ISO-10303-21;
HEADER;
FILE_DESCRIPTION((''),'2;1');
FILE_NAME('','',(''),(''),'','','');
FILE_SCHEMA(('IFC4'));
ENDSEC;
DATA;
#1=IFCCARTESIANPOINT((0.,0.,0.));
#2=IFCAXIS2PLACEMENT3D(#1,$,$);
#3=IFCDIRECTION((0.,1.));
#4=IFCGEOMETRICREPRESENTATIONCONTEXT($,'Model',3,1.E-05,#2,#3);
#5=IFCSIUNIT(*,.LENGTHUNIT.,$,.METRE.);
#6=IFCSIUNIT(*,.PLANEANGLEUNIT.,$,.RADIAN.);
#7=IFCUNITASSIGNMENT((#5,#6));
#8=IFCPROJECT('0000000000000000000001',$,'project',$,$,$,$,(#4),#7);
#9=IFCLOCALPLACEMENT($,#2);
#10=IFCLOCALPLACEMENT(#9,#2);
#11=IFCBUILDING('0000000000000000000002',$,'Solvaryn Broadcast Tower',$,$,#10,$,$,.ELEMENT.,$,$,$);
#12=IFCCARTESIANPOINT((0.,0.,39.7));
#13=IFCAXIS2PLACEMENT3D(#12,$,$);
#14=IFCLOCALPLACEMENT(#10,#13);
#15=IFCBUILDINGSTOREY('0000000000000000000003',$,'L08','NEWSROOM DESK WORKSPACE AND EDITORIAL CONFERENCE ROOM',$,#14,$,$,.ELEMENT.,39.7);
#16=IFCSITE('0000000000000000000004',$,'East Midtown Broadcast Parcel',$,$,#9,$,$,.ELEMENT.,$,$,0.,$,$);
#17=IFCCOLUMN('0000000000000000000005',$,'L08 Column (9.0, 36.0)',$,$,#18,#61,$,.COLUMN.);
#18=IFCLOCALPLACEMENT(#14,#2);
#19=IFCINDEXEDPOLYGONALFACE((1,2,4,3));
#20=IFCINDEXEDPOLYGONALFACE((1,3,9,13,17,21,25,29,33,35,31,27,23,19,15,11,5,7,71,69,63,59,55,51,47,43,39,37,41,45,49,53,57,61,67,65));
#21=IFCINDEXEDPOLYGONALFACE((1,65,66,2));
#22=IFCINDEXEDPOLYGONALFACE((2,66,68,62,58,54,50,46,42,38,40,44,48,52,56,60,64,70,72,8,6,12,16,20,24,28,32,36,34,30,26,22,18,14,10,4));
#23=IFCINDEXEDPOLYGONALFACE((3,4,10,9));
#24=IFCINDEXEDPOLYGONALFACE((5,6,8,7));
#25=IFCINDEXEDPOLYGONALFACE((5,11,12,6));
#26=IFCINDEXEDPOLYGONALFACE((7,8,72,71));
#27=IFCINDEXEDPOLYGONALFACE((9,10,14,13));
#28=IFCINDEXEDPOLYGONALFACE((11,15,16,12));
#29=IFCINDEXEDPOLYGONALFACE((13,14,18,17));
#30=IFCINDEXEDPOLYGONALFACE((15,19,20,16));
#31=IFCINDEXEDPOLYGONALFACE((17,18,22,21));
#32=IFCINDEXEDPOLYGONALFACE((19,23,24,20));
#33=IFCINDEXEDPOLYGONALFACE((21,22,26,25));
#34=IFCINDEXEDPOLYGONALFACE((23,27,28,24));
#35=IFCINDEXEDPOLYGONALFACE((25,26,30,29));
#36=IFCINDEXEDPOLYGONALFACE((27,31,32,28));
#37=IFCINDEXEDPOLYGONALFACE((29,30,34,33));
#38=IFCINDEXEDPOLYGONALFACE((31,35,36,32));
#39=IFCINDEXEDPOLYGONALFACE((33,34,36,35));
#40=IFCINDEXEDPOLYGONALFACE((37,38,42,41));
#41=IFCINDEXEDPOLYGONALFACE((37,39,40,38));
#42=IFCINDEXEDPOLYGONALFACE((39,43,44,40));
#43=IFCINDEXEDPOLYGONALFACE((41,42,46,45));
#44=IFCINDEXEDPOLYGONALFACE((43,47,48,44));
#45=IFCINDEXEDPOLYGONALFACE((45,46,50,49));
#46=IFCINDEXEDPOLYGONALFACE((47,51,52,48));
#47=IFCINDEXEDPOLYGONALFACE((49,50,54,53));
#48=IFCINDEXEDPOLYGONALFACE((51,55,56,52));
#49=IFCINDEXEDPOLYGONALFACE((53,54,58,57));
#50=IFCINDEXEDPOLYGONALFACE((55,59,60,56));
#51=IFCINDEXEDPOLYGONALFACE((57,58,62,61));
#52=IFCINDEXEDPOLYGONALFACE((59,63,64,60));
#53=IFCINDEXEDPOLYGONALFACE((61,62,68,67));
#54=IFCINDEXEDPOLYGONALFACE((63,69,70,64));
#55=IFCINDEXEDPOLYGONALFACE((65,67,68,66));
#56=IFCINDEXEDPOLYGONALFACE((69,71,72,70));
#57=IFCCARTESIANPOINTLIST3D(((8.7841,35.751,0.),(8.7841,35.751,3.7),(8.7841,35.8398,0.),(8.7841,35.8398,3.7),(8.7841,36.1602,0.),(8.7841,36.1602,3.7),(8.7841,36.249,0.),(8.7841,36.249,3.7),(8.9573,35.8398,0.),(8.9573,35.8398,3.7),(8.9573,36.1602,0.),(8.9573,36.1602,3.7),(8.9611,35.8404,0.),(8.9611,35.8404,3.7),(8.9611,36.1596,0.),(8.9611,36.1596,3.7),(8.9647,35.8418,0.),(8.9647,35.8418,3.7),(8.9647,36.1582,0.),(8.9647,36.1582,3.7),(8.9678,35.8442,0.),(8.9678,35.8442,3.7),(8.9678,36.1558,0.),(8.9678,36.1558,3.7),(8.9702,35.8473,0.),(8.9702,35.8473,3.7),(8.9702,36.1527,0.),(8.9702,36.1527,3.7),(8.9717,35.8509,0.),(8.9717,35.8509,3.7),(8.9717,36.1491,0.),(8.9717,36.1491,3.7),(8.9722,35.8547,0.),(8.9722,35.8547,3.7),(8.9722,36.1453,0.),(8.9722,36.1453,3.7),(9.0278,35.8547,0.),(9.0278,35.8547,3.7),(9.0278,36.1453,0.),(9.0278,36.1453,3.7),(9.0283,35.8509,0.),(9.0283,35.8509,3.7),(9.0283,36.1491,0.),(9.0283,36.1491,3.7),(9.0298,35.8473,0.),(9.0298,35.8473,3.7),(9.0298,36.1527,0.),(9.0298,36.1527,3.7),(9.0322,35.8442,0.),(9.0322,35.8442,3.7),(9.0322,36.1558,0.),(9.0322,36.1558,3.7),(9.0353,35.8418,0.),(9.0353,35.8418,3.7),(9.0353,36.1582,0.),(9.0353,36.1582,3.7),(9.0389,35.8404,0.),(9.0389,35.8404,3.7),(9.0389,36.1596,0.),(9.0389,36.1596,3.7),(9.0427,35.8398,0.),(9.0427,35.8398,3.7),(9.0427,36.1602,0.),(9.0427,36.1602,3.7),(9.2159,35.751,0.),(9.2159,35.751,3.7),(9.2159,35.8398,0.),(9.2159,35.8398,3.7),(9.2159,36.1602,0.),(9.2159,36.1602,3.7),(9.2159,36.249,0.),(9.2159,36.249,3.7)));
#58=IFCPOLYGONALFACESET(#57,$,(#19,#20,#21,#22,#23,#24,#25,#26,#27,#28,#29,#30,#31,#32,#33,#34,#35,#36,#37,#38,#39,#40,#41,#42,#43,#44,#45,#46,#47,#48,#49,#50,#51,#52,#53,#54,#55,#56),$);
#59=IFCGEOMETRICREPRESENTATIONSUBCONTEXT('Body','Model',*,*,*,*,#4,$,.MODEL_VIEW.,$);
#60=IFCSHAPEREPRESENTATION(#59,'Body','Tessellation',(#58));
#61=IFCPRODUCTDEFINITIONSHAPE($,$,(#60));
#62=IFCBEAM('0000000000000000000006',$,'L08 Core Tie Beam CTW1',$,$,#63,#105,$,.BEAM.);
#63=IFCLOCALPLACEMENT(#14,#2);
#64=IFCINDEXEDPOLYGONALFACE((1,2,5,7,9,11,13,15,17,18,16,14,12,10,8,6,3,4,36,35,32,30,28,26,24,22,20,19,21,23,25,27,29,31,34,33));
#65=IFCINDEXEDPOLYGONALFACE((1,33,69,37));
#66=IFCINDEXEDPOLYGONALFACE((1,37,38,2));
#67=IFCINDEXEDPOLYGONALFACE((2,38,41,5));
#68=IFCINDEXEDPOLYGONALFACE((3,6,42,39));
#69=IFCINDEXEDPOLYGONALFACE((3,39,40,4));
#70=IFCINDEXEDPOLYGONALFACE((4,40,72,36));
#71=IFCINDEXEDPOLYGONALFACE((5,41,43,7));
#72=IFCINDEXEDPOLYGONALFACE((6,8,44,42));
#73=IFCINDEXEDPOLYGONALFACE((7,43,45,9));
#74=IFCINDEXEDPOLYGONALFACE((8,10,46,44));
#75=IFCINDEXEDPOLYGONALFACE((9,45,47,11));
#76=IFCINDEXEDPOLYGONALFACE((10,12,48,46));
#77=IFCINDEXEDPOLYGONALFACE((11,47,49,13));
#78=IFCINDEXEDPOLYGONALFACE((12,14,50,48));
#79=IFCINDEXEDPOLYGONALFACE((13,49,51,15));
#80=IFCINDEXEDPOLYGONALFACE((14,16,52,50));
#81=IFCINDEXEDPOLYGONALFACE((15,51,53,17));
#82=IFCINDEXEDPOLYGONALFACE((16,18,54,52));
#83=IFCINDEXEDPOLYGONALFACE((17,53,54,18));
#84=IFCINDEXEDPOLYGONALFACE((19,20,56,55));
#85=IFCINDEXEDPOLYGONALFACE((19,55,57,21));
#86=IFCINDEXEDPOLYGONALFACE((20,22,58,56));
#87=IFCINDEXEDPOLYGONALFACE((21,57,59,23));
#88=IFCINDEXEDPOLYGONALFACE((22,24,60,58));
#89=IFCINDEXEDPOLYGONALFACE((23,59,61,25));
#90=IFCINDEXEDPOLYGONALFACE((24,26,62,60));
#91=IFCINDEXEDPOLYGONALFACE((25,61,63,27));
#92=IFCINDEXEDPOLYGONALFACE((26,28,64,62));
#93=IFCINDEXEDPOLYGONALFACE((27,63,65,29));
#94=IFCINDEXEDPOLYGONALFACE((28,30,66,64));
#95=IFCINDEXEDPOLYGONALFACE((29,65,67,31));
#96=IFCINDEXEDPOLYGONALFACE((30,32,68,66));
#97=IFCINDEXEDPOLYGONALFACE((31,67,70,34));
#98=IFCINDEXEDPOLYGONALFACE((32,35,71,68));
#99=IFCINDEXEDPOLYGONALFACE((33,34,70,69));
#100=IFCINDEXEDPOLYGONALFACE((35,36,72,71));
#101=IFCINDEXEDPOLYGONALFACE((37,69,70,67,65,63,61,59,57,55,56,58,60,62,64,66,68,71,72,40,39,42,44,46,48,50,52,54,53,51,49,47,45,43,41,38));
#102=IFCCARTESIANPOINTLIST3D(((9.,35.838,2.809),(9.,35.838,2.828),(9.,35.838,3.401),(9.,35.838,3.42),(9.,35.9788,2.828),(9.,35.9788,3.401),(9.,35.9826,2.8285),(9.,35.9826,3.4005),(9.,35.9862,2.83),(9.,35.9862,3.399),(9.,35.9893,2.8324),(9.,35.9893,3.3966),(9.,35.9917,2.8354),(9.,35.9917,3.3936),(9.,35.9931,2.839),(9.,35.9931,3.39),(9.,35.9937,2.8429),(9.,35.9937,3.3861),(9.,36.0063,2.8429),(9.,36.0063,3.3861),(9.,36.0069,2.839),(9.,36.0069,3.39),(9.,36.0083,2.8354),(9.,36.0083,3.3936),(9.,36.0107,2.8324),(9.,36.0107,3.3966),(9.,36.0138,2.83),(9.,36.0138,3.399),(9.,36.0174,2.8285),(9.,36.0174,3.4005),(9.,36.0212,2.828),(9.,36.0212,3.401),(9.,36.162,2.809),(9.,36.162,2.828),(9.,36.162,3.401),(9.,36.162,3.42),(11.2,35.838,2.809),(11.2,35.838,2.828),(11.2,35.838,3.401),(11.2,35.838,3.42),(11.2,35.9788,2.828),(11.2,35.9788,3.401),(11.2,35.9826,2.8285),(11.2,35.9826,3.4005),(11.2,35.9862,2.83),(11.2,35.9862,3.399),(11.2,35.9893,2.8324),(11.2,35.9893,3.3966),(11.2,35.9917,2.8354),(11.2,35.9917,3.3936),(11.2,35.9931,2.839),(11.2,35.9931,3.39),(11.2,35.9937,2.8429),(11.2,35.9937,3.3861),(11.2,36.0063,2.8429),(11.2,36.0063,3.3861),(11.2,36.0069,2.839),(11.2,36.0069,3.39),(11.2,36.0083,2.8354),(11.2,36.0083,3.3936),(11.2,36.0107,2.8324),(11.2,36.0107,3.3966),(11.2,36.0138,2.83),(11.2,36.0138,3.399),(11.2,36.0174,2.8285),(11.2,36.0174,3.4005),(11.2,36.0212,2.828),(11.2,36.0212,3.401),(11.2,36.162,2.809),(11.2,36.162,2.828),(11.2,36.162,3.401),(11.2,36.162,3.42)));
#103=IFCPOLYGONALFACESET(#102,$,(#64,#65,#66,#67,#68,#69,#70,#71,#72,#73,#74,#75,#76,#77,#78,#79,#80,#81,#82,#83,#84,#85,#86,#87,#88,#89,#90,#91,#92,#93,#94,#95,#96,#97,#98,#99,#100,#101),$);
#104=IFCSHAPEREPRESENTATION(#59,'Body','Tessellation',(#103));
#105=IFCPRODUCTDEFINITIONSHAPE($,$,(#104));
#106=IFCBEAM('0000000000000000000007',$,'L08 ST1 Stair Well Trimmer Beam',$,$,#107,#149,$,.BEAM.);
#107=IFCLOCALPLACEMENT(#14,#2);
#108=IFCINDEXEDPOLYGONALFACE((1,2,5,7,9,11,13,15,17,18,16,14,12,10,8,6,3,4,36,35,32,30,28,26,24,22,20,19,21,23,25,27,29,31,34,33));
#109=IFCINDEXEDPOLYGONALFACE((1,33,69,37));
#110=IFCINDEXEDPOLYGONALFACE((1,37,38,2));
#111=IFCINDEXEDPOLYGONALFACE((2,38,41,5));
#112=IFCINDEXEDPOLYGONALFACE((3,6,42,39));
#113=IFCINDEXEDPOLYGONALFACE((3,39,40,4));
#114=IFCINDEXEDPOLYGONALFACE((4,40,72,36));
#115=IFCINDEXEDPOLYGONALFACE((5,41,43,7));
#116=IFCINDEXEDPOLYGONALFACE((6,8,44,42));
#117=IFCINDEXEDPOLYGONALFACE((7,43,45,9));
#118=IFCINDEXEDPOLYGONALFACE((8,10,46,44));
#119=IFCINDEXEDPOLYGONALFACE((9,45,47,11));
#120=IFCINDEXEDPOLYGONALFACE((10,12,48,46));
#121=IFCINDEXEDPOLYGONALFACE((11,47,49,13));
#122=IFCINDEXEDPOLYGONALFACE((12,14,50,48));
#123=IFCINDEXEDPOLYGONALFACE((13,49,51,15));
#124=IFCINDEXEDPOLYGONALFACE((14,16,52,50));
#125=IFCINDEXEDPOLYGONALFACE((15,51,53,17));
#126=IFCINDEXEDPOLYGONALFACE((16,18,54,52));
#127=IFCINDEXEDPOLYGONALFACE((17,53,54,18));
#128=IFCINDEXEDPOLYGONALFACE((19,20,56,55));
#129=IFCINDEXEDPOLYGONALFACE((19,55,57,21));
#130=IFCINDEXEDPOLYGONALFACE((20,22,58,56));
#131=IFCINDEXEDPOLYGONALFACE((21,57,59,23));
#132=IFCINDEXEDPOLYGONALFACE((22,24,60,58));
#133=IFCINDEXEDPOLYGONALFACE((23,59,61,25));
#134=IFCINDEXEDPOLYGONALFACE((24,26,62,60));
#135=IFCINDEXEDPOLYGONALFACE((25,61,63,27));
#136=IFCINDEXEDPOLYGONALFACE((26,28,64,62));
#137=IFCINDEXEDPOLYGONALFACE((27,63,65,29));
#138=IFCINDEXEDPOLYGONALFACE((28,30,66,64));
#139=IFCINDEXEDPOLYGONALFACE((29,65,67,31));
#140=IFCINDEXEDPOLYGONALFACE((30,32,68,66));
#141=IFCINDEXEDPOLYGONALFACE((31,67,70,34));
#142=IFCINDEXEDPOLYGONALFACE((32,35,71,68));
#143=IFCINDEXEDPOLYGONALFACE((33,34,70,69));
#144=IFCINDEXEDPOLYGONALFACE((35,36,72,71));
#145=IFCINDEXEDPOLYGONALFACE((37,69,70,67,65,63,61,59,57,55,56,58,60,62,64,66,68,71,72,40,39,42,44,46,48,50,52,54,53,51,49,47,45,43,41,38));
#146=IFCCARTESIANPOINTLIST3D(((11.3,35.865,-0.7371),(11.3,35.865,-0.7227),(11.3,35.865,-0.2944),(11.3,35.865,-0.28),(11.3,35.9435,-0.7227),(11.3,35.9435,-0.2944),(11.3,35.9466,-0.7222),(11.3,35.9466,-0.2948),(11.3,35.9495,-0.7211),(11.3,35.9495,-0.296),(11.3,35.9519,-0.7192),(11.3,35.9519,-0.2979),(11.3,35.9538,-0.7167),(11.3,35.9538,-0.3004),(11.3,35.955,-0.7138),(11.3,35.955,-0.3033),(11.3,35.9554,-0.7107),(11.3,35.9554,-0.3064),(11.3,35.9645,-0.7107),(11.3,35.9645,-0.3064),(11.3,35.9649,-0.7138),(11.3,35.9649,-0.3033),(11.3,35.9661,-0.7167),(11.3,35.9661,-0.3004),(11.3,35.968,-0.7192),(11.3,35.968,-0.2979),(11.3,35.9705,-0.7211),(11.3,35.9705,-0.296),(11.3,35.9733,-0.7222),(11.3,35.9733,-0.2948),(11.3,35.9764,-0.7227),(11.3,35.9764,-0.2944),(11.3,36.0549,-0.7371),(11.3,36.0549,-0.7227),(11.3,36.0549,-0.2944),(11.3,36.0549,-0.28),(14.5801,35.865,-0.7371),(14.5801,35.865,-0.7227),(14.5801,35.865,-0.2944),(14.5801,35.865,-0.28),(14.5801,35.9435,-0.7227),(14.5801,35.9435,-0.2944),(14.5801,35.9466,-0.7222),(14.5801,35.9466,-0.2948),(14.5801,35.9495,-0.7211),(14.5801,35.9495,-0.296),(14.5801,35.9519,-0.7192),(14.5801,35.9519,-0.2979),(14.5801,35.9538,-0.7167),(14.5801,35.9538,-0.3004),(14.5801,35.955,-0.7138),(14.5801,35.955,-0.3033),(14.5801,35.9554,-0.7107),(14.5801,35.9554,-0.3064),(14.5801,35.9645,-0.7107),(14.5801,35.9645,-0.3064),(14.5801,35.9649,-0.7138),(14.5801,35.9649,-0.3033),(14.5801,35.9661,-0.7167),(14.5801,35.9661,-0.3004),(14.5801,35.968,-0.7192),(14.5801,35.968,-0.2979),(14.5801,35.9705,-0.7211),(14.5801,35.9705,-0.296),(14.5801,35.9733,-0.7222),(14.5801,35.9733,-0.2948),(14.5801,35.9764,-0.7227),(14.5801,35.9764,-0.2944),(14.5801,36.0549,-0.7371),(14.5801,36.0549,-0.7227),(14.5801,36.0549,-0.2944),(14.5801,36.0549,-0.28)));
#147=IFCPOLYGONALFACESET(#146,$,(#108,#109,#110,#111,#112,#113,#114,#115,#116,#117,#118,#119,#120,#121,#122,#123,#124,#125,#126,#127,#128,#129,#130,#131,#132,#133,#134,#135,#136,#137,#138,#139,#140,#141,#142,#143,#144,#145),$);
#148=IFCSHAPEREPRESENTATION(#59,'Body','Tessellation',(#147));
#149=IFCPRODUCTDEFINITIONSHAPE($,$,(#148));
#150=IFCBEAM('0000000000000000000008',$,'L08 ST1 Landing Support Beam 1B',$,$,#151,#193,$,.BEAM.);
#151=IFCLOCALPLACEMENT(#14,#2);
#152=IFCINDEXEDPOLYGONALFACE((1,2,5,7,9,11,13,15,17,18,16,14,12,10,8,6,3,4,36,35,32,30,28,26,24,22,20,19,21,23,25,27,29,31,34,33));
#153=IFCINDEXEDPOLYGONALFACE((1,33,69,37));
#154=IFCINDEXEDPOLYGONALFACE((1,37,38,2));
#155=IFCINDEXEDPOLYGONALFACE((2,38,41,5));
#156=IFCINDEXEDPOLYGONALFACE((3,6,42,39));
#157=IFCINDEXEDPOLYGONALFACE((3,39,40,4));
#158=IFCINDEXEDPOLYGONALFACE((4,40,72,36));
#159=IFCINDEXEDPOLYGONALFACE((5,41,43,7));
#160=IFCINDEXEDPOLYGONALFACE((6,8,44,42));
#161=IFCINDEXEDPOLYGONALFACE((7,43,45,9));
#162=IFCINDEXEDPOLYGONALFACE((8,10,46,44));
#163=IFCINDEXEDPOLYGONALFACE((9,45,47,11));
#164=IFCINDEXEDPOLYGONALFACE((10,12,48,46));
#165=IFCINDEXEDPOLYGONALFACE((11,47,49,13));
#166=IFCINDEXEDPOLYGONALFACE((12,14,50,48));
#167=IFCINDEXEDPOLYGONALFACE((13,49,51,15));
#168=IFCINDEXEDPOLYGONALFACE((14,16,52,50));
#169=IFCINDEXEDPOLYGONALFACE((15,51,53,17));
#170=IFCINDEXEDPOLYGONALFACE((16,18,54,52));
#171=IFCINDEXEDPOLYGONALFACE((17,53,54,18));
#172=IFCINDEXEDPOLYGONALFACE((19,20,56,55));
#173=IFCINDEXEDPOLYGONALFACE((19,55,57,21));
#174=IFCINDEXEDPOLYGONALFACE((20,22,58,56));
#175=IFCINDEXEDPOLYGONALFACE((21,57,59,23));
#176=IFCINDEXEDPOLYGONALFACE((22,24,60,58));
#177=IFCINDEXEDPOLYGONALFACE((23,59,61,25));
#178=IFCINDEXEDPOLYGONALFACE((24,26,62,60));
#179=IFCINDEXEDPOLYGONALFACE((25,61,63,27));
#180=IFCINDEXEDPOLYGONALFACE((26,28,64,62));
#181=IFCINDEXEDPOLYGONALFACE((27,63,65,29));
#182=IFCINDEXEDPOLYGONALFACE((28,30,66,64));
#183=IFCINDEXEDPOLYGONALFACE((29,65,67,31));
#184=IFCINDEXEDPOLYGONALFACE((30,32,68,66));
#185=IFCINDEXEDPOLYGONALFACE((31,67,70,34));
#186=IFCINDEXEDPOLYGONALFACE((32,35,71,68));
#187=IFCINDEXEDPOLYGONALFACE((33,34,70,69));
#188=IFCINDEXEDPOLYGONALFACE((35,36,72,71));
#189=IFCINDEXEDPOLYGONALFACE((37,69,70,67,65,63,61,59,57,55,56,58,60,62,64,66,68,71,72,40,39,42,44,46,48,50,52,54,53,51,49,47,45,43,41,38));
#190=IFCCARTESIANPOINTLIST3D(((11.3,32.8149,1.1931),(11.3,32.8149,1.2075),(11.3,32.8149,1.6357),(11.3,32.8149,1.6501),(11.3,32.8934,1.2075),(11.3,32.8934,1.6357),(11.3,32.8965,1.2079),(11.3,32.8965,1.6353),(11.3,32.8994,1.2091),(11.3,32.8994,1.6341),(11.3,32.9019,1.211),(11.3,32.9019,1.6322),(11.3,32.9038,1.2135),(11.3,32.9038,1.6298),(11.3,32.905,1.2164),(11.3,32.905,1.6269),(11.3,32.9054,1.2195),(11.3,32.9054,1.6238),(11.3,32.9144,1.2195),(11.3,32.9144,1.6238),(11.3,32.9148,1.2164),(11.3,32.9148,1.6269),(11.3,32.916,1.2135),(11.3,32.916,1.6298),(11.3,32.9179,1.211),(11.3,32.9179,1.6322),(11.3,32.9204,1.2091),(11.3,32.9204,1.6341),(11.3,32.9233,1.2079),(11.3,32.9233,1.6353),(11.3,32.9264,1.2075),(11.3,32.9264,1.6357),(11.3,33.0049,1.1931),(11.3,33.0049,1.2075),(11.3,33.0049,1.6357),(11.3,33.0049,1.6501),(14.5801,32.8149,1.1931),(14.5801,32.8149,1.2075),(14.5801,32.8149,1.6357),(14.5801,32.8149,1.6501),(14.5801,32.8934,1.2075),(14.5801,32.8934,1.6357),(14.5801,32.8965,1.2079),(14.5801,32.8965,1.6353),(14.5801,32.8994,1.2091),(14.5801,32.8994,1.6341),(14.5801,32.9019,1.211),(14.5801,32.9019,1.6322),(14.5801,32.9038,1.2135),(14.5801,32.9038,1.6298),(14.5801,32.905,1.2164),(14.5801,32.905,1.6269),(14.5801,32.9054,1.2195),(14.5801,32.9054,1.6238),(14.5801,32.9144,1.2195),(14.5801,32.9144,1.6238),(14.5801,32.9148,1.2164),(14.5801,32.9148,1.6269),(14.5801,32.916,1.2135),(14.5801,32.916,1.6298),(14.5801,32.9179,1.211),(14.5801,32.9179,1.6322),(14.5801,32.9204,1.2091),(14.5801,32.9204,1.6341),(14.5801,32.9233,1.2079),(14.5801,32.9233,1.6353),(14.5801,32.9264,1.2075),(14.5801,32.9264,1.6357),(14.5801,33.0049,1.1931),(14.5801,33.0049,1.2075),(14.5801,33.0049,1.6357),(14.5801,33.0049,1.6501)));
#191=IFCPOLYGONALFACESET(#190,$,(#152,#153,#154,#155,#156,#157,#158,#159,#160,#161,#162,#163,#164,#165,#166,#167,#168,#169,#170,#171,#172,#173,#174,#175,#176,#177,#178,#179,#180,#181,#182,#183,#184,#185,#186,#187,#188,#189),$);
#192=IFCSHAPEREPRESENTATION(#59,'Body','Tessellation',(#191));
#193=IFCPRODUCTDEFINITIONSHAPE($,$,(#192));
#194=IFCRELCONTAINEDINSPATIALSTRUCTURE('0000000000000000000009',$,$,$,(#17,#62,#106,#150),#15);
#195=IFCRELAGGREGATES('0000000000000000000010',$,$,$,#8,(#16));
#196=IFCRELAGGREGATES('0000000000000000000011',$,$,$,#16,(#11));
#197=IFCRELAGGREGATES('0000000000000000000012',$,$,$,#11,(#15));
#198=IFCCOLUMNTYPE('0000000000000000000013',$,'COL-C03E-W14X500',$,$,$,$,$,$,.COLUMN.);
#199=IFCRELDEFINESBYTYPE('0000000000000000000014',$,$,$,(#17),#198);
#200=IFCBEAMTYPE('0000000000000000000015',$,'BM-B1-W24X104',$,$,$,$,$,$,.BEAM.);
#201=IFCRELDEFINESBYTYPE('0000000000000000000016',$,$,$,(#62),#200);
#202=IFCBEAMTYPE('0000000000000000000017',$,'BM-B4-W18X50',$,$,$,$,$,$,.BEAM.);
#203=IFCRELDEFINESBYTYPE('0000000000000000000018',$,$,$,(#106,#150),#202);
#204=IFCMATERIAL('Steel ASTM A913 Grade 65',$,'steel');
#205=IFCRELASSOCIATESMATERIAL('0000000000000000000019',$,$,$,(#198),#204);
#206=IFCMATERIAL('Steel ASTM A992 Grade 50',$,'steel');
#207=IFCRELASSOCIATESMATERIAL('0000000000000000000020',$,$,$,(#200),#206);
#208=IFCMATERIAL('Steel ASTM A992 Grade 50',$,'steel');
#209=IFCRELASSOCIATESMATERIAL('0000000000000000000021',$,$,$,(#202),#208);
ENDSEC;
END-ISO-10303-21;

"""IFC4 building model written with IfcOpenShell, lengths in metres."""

from ifc_helpers import new_model, si_unit, direction, frame, origin, origin_2d, place, context, subcontext, project, spatial, i_section, extrude, material, material_profile, profile_set, type_object, element, save


model = new_model("IFC4")

# Units and contexts
model_context = context("Model", 3, precision=1e-05, world=origin(), true_north=direction((0.0, 1.0)))
body_context = subcontext(model_context, "Body", "Model", "MODEL_VIEW")
ifc_project = project(units=[si_unit("LENGTHUNIT", "METRE"), si_unit("PLANEANGLEUNIT", "RADIAN")], contexts=[model_context])

# Site, building, storey
site_placement = place(None, origin())
site = spatial("IfcSite", under=ifc_project, at=site_placement, Name="East Midtown Broadcast Parcel", CompositionType="ELEMENT", RefElevation=0.0)
building_placement = place(site_placement, origin())
building = spatial("IfcBuilding", under=site, at=building_placement, Name="Solvaryn Broadcast Tower", CompositionType="ELEMENT")
storey_placement = place(building_placement, frame((0.0, 0.0, 39.7)))
storey = spatial("IfcBuildingStorey", under=building, at=storey_placement, Name="L08", Description="NEWSROOM DESK WORKSPACE AND EDITORIAL CONFERENCE ROOM", CompositionType="ELEMENT", Elevation=39.7)

# Column
ifc_material_1 = material(Name="Steel ASTM A913 Grade 65", Category="steel")
ifc_material_profile_1 = material_profile(ifc_material_1, i_section(OverallWidth=0.4319, OverallDepth=0.498, WebThickness=0.0557, FlangeThickness=0.0889, FilletRadius=0.0149, at=origin_2d()))
ifc_profile_set_1 = profile_set([ifc_material_profile_1], Name="Steel ASTM A913 Grade 65")
column_type = type_object("IfcColumnType", Name="COL-C03E-W14X500", PredefinedType="COLUMN", material=ifc_profile_set_1)
column_placement = place(storey_placement, frame((9.0, 36.0, 0.0), z_axis=(0.0, 0.0, 1.0), x_axis=(1.0, 0.0, 0.0)))
element("IfcColumn", 1, at=column_placement, inside=storey, type_object=column_type, Name="L08 Column (9.0, 36.0)", PredefinedType="COLUMN", context=body_context, shape_type="SweptSolid", body=[
    extrude(i_section(OverallWidth=0.4319, OverallDepth=0.498, WebThickness=0.0557, FlangeThickness=0.0889, FilletRadius=0.0149, at=origin_2d()), origin(), (0.0, 0.0, 1.0), 3.7),
])

# Beams
ifc_material_2 = material(Name="Steel ASTM A992 Grade 50", Category="steel")
ifc_material_profile_2 = material_profile(ifc_material_2, i_section(OverallWidth=0.324, OverallDepth=0.6111, WebThickness=0.0127, FlangeThickness=0.019, FilletRadius=0.0149, at=origin_2d()))
ifc_profile_set_2 = profile_set([ifc_material_profile_2], Name="Steel ASTM A992 Grade 50")
beam_type_1 = type_object("IfcBeamType", Name="BM-B1-W24X104", PredefinedType="BEAM", material=ifc_profile_set_2)
beam_1_placement = place(storey_placement, frame((9.0, 36.0, 3.1145), z_axis=(1.0, 0.0, 0.0), x_axis=(0.0, 1.0, 0.0)))
element("IfcBeam", 2, at=beam_1_placement, inside=storey, type_object=beam_type_1, Name="L08 Core Tie Beam CTW1", PredefinedType="BEAM", context=body_context, shape_type="SweptSolid", body=[
    extrude(i_section(OverallWidth=0.324, OverallDepth=0.6111, WebThickness=0.0127, FlangeThickness=0.019, FilletRadius=0.0149, at=origin_2d()), origin(), (0.0, 0.0, 1.0), 2.2),
])
ifc_material_3 = material(Name="Steel ASTM A992 Grade 50", Category="steel")
ifc_material_profile_3 = material_profile(ifc_material_3, i_section(OverallWidth=0.1899, OverallDepth=0.457, WebThickness=0.009, FlangeThickness=0.0144, FilletRadius=0.012, at=origin_2d()))
ifc_profile_set_3 = profile_set([ifc_material_profile_3], Name="Steel ASTM A992 Grade 50")
beam_type_2 = type_object("IfcBeamType", Name="BM-B4-W18X50", PredefinedType="BEAM", material=ifc_profile_set_3)
for number, where, z_axis, x_axis, name in (
    (3, (11.3, 35.96, -0.5085), (1.0, 0.0, 0.0), (0.0, 1.0, 0.0), "L08 ST1 Stair Well Trimmer Beam"),
    (4, (11.3, 32.9099, 1.4216), (1.0, 0.0, 0.0), (0.0, 1.0, 0.0), "L08 ST1 Landing Support Beam 1B"),
):
    element("IfcBeam", number, at=place(storey_placement, frame(where, z_axis=z_axis, x_axis=x_axis)), inside=storey, type_object=beam_type_2, Name=name, PredefinedType="BEAM", context=body_context, shape_type="SweptSolid", body=[
        extrude(i_section(OverallWidth=0.1899, OverallDepth=0.457, WebThickness=0.009, FlangeThickness=0.0144, FilletRadius=0.012, at=origin_2d()), origin(), (0.0, 0.0, 1.0), 3.28),
    ])

save(model, "model.ifc")
